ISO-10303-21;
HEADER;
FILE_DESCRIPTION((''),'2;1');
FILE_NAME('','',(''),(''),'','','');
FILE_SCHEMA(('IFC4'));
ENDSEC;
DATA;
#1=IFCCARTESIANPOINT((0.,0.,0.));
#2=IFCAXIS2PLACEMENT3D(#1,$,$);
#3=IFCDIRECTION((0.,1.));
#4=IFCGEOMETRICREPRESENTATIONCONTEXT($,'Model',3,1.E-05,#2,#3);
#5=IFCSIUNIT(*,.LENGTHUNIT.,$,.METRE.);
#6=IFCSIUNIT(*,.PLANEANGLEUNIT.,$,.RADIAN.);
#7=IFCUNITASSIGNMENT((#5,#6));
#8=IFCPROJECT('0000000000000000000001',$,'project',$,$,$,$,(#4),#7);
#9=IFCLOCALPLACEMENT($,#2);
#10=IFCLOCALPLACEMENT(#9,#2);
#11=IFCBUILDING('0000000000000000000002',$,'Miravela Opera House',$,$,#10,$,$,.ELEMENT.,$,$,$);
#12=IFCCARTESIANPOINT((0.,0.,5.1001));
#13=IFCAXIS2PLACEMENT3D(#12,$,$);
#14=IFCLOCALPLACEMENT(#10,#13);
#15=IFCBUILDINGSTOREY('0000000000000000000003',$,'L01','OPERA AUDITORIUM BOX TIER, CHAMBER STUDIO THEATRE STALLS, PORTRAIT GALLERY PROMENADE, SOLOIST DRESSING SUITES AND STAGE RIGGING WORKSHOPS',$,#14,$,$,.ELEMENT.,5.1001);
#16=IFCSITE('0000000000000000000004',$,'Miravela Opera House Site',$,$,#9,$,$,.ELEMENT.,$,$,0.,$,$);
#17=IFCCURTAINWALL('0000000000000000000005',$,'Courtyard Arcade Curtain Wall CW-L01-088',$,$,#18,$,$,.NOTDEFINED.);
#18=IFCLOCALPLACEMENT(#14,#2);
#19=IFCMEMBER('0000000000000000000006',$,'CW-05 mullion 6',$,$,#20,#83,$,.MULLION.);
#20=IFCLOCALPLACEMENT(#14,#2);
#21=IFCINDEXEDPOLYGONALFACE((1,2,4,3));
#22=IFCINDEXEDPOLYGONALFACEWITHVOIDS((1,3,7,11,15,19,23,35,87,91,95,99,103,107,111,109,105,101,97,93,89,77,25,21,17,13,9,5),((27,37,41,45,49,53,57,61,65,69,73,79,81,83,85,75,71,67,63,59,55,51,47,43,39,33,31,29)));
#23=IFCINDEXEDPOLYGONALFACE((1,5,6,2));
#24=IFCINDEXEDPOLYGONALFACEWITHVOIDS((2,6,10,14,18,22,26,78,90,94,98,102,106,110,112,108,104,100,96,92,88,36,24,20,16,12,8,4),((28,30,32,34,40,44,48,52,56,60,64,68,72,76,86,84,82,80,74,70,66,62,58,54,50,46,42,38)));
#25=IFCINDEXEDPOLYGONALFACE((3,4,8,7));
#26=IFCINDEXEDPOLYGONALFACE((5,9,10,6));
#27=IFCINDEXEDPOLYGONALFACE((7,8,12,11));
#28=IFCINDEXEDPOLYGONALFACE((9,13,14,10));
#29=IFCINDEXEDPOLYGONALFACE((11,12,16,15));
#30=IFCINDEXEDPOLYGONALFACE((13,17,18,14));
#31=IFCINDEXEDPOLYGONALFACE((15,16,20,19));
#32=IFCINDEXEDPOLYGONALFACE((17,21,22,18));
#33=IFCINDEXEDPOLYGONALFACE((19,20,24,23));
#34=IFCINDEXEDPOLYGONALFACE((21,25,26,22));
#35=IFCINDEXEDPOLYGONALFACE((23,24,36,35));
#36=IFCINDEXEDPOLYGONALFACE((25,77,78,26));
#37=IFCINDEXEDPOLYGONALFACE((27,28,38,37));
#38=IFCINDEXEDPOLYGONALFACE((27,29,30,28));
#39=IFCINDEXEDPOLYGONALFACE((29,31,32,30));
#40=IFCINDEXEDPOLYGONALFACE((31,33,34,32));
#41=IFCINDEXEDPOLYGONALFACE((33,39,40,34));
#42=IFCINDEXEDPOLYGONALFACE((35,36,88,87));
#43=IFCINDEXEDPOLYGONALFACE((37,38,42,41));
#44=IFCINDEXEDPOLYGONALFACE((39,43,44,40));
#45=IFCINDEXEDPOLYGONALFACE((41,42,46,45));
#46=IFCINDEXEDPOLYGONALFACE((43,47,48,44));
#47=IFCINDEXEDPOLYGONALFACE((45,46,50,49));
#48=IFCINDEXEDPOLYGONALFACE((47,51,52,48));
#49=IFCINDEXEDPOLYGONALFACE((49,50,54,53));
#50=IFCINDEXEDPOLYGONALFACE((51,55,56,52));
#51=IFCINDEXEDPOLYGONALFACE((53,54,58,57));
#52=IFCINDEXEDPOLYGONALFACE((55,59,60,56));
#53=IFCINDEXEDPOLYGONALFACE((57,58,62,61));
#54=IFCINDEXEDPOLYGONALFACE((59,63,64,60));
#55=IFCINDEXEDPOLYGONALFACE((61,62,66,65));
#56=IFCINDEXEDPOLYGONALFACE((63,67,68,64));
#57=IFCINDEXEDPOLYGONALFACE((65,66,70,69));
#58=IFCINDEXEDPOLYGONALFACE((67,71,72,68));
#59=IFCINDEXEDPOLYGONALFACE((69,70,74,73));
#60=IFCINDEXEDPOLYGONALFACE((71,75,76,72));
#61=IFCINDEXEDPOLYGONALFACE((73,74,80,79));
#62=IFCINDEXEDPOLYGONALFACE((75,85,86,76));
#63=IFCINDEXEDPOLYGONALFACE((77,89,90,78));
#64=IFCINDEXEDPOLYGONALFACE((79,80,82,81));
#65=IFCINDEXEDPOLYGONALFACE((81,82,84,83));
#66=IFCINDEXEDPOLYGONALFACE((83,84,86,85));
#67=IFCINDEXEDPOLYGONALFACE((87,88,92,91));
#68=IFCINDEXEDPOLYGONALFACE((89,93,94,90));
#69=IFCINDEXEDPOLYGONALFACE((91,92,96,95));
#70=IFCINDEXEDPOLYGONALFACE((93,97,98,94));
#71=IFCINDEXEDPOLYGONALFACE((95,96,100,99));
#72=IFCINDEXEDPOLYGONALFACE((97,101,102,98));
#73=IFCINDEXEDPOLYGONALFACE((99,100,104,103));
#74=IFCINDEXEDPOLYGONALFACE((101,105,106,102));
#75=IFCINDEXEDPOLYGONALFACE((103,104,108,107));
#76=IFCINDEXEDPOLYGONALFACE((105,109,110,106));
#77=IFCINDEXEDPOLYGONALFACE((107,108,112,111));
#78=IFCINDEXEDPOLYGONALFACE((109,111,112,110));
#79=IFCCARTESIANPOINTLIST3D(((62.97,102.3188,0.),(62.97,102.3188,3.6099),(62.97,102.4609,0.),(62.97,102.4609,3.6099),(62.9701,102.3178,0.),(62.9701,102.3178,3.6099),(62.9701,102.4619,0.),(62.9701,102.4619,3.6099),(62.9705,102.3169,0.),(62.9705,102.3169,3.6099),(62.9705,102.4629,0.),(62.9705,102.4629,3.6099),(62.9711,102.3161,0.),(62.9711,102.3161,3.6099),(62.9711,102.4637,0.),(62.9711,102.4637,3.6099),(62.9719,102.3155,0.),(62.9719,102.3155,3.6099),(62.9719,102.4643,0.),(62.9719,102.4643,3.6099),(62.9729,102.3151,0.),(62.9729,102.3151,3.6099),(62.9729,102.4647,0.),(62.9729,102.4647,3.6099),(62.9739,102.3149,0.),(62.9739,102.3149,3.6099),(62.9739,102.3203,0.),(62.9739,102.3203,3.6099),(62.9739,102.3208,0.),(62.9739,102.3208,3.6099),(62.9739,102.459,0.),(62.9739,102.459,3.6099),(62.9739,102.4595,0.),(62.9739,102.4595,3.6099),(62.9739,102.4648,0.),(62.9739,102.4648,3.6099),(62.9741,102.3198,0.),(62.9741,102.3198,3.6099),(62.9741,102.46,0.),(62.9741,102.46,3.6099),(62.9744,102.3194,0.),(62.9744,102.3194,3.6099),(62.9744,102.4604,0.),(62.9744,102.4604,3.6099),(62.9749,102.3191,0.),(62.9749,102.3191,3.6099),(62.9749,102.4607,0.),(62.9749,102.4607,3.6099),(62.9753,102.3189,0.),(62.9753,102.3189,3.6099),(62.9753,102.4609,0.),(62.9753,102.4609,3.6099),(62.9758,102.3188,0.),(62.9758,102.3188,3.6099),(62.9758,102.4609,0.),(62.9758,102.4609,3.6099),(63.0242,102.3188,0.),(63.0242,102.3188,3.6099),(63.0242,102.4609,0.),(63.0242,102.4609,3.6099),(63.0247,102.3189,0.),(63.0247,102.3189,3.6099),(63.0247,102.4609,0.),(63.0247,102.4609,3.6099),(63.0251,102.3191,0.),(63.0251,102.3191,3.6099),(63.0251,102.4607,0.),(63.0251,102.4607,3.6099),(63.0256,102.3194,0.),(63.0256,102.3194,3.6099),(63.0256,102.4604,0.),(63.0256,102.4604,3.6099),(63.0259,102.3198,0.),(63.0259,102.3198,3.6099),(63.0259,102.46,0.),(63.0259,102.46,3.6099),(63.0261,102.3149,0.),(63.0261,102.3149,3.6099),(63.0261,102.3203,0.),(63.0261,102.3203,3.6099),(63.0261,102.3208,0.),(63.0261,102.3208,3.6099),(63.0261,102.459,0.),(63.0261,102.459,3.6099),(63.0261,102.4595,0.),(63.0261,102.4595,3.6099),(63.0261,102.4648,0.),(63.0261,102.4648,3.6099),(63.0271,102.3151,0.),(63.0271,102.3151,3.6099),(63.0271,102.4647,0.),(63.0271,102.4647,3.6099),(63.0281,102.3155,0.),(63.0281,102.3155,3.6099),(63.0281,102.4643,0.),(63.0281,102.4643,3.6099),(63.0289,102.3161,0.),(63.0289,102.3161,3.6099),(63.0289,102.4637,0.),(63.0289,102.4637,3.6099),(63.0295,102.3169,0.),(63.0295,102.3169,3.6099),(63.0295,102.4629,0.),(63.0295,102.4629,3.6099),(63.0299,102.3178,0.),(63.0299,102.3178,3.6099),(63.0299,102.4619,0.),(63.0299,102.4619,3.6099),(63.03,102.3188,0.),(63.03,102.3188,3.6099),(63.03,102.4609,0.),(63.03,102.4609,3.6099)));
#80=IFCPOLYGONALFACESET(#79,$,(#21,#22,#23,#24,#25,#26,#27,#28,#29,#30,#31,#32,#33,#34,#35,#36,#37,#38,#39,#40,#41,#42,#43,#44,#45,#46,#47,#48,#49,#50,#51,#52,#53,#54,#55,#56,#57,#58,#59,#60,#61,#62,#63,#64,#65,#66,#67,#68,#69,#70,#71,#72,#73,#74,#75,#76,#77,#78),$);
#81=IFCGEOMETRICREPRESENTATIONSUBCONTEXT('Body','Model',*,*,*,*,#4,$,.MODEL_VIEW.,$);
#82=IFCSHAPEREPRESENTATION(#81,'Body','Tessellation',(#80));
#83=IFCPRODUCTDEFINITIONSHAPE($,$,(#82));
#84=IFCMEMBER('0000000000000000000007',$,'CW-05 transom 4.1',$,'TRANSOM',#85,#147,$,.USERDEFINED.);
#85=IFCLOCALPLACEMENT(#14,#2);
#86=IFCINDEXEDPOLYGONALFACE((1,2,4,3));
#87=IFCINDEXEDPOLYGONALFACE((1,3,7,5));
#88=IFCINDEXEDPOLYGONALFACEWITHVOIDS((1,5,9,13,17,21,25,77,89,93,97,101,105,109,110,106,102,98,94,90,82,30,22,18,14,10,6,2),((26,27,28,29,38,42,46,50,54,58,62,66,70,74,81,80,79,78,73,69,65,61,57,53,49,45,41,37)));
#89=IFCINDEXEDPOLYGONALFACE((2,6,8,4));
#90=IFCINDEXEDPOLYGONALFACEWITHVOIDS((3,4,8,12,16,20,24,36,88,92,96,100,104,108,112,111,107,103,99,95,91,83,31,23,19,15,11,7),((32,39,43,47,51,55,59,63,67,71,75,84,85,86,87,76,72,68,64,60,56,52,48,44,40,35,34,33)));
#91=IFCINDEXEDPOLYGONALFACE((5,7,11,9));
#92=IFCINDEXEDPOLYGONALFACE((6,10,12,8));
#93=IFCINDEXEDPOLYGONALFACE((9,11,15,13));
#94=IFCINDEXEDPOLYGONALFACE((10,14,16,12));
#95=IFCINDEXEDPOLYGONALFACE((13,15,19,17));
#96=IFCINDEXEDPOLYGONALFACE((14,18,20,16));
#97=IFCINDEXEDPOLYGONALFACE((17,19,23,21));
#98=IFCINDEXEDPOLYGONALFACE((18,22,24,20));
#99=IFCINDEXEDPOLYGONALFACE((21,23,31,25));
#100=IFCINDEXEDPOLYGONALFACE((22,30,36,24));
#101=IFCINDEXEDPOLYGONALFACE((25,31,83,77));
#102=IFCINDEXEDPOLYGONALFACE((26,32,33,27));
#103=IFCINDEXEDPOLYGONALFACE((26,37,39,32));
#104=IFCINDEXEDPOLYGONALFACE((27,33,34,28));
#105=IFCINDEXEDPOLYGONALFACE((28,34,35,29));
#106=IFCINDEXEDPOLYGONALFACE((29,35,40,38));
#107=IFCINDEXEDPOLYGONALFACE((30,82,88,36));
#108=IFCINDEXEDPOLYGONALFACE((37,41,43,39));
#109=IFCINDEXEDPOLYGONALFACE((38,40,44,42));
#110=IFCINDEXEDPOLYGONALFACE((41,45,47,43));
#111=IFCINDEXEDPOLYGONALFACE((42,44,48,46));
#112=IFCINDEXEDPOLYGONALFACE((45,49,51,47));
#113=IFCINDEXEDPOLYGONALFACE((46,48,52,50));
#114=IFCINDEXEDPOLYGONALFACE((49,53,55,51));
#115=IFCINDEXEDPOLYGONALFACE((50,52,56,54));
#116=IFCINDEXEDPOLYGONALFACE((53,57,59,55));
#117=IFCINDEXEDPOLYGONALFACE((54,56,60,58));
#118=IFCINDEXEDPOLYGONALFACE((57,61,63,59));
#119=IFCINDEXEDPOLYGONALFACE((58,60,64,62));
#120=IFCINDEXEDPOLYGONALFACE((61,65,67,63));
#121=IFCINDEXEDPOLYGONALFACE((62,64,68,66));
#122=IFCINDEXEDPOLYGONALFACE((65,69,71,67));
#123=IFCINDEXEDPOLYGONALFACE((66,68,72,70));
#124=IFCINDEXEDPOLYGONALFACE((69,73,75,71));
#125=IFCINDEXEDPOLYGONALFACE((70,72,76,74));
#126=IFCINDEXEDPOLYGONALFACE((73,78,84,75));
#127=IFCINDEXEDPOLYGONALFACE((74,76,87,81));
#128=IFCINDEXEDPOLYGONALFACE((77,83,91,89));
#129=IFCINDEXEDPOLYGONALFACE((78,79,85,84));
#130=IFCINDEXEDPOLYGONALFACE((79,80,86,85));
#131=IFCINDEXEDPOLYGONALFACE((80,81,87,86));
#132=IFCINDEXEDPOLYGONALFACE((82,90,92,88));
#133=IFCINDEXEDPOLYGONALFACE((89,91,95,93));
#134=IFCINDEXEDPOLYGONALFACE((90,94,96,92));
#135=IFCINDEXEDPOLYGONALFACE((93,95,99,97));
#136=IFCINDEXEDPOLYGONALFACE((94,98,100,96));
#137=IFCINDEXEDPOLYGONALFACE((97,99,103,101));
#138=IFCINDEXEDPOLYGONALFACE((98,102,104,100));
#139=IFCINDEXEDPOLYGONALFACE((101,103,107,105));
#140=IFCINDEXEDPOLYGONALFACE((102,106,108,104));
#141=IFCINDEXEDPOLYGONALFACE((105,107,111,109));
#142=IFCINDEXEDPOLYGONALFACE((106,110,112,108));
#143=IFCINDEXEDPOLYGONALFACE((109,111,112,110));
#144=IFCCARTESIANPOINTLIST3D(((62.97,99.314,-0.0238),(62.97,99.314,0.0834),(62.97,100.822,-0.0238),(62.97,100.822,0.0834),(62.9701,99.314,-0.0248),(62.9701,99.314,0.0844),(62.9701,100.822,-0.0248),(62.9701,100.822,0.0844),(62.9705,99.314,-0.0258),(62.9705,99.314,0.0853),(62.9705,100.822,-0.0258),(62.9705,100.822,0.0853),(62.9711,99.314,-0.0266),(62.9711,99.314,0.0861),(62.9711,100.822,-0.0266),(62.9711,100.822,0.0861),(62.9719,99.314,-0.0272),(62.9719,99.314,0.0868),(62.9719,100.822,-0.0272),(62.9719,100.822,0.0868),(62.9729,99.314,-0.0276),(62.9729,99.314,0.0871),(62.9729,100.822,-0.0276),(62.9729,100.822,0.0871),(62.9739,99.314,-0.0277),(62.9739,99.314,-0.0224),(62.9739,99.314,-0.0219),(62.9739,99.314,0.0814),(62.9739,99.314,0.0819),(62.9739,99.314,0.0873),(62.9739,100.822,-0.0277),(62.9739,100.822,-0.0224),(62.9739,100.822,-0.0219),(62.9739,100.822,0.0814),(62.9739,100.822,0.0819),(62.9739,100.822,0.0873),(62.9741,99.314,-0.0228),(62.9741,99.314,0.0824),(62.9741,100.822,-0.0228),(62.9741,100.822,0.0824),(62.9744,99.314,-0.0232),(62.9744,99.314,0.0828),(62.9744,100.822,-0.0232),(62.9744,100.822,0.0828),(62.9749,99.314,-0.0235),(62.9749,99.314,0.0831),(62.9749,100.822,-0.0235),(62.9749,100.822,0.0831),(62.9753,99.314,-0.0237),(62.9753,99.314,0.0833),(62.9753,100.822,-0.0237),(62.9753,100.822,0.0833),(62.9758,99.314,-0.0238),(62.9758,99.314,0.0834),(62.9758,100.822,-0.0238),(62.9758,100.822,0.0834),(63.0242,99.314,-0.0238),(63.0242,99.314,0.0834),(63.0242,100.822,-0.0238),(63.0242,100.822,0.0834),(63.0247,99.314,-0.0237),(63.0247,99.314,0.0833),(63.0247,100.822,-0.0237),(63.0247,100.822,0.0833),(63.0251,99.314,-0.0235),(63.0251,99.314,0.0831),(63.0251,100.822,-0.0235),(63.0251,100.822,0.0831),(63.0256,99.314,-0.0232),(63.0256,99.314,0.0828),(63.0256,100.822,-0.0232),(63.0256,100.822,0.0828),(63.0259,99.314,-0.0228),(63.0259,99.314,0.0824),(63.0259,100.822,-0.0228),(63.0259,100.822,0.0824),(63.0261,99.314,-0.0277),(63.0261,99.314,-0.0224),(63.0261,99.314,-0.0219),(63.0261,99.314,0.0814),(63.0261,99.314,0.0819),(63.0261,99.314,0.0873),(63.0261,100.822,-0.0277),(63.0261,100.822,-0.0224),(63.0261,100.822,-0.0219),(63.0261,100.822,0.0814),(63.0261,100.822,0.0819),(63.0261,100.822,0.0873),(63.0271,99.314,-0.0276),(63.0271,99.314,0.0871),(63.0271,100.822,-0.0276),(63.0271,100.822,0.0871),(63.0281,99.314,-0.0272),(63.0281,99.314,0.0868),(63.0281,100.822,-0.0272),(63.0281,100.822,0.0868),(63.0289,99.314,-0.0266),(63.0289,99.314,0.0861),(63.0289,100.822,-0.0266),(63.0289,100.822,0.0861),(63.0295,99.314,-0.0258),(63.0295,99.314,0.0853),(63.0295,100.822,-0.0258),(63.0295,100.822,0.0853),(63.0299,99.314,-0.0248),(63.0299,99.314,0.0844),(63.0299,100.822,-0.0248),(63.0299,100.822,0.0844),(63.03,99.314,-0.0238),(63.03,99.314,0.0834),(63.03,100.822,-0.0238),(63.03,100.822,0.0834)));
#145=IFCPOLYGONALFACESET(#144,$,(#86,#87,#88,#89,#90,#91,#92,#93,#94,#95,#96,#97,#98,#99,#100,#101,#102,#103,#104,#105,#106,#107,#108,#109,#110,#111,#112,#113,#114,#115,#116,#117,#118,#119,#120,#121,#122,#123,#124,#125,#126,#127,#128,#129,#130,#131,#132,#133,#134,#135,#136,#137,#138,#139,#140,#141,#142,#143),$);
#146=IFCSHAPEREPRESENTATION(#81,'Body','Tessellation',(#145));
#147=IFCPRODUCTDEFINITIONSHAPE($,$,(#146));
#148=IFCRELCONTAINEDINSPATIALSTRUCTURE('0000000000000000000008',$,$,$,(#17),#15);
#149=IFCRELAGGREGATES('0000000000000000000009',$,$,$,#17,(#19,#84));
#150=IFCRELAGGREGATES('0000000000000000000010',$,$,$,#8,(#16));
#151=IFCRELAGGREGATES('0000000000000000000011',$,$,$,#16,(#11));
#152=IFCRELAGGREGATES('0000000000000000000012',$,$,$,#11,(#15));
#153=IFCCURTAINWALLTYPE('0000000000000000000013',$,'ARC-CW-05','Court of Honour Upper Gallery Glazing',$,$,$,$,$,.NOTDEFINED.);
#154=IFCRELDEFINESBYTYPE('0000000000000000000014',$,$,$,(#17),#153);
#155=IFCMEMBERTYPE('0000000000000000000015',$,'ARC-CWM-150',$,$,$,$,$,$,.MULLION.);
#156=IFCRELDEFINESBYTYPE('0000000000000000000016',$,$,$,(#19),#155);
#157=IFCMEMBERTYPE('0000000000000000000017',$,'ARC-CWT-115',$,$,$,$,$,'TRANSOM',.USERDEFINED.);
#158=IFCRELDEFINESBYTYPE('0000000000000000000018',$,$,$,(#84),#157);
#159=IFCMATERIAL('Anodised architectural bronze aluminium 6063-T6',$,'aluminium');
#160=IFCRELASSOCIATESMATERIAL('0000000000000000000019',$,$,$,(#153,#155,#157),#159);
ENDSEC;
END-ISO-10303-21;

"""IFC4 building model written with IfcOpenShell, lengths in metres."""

from ifc_helpers import new_model, si_unit, direction, frame, origin, origin_2d, place, context, subcontext, project, spatial, hollow_rectangle, extrude, material, material_profile, profile_set, type_object, element, aggregate, save


model = new_model("IFC4")

# Units and contexts
model_context = context("Model", 3, precision=1e-05, world=origin(), true_north=direction((0.0, 1.0)))
body_context = subcontext(model_context, "Body", "Model", "MODEL_VIEW")
ifc_project = project(units=[si_unit("LENGTHUNIT", "METRE"), si_unit("PLANEANGLEUNIT", "RADIAN")], contexts=[model_context])

# Site, building, storey
site_placement = place(None, origin())
site = spatial("IfcSite", under=ifc_project, at=site_placement, Name="Miravela Opera House Site", CompositionType="ELEMENT", RefElevation=0.0)
building_placement = place(site_placement, origin())
building = spatial("IfcBuilding", under=site, at=building_placement, Name="Miravela Opera House", CompositionType="ELEMENT")
storey_placement = place(building_placement, frame((0.0, 0.0, 5.1001)))
storey = spatial("IfcBuildingStorey", under=building, at=storey_placement, Name="L01", Description="OPERA AUDITORIUM BOX TIER, CHAMBER STUDIO THEATRE STALLS, PORTRAIT GALLERY PROMENADE, SOLOIST DRESSING SUITES AND STAGE RIGGING WORKSHOPS", CompositionType="ELEMENT", Elevation=5.1001)

# Curtain wall, members
ifc_material_1 = material(Name="Anodised architectural bronze aluminium 6063-T6", Category="aluminium")
curtain_wall_type = type_object("IfcCurtainWallType", Name="ARC-CW-05", Description="Court of Honour Upper Gallery Glazing", PredefinedType="NOTDEFINED", material=ifc_material_1)
curtain_wall_placement = place(storey_placement, origin())
curtain_wall = element("IfcCurtainWall", 1, at=curtain_wall_placement, inside=storey, type_object=curtain_wall_type, Name="Courtyard Arcade Curtain Wall CW-L01-088", PredefinedType="NOTDEFINED")
ifc_material_profile_1 = material_profile(ifc_material_1, hollow_rectangle(XDim=0.0601, YDim=0.1499, WallThickness=0.0039, InnerFilletRadius=0.002, OuterFilletRadius=0.0039, at=origin_2d()), Name="CWM-60X150")
ifc_profile_set_1 = profile_set([ifc_material_profile_1])
member_type_1 = type_object("IfcMemberType", Name="ARC-CWM-150", PredefinedType="MULLION", material=ifc_profile_set_1)
member_1_placement = place(storey_placement, frame((63.0, 102.3899, 0.0), z_axis=(0.0, 0.0, 1.0), x_axis=(-1.0, 0.0, 0.0)))
member_1 = element("IfcMember", 2, at=member_1_placement, type_object=member_type_1, Name="CW-05 mullion 6", PredefinedType="MULLION", context=body_context, shape_type="SweptSolid", body=[
    extrude(hollow_rectangle(XDim=0.0601, YDim=0.1499, WallThickness=0.0039, InnerFilletRadius=0.002, OuterFilletRadius=0.0039, at=origin_2d()), origin(), (0.0, 0.0, 1.0), 3.6099),
])
ifc_material_profile_2 = material_profile(ifc_material_1, hollow_rectangle(XDim=0.0601, YDim=0.115, WallThickness=0.0039, InnerFilletRadius=0.002, OuterFilletRadius=0.0039, at=origin_2d()), Name="CWT-60X115")
ifc_profile_set_2 = profile_set([ifc_material_profile_2])
member_type_2 = type_object("IfcMemberType", Name="ARC-CWT-115", ElementType="TRANSOM", PredefinedType="USERDEFINED", material=ifc_profile_set_2)
member_2_placement = place(storey_placement, frame((63.0, 99.314, 0.0298), z_axis=(0.0, 1.0, 0.0), x_axis=(-1.0, 0.0, 0.0)))
member_2 = element("IfcMember", 3, at=member_2_placement, type_object=member_type_2, Name="CW-05 transom 4.1", ObjectType="TRANSOM", PredefinedType="USERDEFINED", context=body_context, shape_type="SweptSolid", body=[
    extrude(hollow_rectangle(XDim=0.0601, YDim=0.115, WallThickness=0.0039, InnerFilletRadius=0.002, OuterFilletRadius=0.0039, at=origin_2d()), origin(), (0.0, 0.0, 1.0), 1.5081),
])

aggregate(curtain_wall, [member_1, member_2])

save(model, "model.ifc")
